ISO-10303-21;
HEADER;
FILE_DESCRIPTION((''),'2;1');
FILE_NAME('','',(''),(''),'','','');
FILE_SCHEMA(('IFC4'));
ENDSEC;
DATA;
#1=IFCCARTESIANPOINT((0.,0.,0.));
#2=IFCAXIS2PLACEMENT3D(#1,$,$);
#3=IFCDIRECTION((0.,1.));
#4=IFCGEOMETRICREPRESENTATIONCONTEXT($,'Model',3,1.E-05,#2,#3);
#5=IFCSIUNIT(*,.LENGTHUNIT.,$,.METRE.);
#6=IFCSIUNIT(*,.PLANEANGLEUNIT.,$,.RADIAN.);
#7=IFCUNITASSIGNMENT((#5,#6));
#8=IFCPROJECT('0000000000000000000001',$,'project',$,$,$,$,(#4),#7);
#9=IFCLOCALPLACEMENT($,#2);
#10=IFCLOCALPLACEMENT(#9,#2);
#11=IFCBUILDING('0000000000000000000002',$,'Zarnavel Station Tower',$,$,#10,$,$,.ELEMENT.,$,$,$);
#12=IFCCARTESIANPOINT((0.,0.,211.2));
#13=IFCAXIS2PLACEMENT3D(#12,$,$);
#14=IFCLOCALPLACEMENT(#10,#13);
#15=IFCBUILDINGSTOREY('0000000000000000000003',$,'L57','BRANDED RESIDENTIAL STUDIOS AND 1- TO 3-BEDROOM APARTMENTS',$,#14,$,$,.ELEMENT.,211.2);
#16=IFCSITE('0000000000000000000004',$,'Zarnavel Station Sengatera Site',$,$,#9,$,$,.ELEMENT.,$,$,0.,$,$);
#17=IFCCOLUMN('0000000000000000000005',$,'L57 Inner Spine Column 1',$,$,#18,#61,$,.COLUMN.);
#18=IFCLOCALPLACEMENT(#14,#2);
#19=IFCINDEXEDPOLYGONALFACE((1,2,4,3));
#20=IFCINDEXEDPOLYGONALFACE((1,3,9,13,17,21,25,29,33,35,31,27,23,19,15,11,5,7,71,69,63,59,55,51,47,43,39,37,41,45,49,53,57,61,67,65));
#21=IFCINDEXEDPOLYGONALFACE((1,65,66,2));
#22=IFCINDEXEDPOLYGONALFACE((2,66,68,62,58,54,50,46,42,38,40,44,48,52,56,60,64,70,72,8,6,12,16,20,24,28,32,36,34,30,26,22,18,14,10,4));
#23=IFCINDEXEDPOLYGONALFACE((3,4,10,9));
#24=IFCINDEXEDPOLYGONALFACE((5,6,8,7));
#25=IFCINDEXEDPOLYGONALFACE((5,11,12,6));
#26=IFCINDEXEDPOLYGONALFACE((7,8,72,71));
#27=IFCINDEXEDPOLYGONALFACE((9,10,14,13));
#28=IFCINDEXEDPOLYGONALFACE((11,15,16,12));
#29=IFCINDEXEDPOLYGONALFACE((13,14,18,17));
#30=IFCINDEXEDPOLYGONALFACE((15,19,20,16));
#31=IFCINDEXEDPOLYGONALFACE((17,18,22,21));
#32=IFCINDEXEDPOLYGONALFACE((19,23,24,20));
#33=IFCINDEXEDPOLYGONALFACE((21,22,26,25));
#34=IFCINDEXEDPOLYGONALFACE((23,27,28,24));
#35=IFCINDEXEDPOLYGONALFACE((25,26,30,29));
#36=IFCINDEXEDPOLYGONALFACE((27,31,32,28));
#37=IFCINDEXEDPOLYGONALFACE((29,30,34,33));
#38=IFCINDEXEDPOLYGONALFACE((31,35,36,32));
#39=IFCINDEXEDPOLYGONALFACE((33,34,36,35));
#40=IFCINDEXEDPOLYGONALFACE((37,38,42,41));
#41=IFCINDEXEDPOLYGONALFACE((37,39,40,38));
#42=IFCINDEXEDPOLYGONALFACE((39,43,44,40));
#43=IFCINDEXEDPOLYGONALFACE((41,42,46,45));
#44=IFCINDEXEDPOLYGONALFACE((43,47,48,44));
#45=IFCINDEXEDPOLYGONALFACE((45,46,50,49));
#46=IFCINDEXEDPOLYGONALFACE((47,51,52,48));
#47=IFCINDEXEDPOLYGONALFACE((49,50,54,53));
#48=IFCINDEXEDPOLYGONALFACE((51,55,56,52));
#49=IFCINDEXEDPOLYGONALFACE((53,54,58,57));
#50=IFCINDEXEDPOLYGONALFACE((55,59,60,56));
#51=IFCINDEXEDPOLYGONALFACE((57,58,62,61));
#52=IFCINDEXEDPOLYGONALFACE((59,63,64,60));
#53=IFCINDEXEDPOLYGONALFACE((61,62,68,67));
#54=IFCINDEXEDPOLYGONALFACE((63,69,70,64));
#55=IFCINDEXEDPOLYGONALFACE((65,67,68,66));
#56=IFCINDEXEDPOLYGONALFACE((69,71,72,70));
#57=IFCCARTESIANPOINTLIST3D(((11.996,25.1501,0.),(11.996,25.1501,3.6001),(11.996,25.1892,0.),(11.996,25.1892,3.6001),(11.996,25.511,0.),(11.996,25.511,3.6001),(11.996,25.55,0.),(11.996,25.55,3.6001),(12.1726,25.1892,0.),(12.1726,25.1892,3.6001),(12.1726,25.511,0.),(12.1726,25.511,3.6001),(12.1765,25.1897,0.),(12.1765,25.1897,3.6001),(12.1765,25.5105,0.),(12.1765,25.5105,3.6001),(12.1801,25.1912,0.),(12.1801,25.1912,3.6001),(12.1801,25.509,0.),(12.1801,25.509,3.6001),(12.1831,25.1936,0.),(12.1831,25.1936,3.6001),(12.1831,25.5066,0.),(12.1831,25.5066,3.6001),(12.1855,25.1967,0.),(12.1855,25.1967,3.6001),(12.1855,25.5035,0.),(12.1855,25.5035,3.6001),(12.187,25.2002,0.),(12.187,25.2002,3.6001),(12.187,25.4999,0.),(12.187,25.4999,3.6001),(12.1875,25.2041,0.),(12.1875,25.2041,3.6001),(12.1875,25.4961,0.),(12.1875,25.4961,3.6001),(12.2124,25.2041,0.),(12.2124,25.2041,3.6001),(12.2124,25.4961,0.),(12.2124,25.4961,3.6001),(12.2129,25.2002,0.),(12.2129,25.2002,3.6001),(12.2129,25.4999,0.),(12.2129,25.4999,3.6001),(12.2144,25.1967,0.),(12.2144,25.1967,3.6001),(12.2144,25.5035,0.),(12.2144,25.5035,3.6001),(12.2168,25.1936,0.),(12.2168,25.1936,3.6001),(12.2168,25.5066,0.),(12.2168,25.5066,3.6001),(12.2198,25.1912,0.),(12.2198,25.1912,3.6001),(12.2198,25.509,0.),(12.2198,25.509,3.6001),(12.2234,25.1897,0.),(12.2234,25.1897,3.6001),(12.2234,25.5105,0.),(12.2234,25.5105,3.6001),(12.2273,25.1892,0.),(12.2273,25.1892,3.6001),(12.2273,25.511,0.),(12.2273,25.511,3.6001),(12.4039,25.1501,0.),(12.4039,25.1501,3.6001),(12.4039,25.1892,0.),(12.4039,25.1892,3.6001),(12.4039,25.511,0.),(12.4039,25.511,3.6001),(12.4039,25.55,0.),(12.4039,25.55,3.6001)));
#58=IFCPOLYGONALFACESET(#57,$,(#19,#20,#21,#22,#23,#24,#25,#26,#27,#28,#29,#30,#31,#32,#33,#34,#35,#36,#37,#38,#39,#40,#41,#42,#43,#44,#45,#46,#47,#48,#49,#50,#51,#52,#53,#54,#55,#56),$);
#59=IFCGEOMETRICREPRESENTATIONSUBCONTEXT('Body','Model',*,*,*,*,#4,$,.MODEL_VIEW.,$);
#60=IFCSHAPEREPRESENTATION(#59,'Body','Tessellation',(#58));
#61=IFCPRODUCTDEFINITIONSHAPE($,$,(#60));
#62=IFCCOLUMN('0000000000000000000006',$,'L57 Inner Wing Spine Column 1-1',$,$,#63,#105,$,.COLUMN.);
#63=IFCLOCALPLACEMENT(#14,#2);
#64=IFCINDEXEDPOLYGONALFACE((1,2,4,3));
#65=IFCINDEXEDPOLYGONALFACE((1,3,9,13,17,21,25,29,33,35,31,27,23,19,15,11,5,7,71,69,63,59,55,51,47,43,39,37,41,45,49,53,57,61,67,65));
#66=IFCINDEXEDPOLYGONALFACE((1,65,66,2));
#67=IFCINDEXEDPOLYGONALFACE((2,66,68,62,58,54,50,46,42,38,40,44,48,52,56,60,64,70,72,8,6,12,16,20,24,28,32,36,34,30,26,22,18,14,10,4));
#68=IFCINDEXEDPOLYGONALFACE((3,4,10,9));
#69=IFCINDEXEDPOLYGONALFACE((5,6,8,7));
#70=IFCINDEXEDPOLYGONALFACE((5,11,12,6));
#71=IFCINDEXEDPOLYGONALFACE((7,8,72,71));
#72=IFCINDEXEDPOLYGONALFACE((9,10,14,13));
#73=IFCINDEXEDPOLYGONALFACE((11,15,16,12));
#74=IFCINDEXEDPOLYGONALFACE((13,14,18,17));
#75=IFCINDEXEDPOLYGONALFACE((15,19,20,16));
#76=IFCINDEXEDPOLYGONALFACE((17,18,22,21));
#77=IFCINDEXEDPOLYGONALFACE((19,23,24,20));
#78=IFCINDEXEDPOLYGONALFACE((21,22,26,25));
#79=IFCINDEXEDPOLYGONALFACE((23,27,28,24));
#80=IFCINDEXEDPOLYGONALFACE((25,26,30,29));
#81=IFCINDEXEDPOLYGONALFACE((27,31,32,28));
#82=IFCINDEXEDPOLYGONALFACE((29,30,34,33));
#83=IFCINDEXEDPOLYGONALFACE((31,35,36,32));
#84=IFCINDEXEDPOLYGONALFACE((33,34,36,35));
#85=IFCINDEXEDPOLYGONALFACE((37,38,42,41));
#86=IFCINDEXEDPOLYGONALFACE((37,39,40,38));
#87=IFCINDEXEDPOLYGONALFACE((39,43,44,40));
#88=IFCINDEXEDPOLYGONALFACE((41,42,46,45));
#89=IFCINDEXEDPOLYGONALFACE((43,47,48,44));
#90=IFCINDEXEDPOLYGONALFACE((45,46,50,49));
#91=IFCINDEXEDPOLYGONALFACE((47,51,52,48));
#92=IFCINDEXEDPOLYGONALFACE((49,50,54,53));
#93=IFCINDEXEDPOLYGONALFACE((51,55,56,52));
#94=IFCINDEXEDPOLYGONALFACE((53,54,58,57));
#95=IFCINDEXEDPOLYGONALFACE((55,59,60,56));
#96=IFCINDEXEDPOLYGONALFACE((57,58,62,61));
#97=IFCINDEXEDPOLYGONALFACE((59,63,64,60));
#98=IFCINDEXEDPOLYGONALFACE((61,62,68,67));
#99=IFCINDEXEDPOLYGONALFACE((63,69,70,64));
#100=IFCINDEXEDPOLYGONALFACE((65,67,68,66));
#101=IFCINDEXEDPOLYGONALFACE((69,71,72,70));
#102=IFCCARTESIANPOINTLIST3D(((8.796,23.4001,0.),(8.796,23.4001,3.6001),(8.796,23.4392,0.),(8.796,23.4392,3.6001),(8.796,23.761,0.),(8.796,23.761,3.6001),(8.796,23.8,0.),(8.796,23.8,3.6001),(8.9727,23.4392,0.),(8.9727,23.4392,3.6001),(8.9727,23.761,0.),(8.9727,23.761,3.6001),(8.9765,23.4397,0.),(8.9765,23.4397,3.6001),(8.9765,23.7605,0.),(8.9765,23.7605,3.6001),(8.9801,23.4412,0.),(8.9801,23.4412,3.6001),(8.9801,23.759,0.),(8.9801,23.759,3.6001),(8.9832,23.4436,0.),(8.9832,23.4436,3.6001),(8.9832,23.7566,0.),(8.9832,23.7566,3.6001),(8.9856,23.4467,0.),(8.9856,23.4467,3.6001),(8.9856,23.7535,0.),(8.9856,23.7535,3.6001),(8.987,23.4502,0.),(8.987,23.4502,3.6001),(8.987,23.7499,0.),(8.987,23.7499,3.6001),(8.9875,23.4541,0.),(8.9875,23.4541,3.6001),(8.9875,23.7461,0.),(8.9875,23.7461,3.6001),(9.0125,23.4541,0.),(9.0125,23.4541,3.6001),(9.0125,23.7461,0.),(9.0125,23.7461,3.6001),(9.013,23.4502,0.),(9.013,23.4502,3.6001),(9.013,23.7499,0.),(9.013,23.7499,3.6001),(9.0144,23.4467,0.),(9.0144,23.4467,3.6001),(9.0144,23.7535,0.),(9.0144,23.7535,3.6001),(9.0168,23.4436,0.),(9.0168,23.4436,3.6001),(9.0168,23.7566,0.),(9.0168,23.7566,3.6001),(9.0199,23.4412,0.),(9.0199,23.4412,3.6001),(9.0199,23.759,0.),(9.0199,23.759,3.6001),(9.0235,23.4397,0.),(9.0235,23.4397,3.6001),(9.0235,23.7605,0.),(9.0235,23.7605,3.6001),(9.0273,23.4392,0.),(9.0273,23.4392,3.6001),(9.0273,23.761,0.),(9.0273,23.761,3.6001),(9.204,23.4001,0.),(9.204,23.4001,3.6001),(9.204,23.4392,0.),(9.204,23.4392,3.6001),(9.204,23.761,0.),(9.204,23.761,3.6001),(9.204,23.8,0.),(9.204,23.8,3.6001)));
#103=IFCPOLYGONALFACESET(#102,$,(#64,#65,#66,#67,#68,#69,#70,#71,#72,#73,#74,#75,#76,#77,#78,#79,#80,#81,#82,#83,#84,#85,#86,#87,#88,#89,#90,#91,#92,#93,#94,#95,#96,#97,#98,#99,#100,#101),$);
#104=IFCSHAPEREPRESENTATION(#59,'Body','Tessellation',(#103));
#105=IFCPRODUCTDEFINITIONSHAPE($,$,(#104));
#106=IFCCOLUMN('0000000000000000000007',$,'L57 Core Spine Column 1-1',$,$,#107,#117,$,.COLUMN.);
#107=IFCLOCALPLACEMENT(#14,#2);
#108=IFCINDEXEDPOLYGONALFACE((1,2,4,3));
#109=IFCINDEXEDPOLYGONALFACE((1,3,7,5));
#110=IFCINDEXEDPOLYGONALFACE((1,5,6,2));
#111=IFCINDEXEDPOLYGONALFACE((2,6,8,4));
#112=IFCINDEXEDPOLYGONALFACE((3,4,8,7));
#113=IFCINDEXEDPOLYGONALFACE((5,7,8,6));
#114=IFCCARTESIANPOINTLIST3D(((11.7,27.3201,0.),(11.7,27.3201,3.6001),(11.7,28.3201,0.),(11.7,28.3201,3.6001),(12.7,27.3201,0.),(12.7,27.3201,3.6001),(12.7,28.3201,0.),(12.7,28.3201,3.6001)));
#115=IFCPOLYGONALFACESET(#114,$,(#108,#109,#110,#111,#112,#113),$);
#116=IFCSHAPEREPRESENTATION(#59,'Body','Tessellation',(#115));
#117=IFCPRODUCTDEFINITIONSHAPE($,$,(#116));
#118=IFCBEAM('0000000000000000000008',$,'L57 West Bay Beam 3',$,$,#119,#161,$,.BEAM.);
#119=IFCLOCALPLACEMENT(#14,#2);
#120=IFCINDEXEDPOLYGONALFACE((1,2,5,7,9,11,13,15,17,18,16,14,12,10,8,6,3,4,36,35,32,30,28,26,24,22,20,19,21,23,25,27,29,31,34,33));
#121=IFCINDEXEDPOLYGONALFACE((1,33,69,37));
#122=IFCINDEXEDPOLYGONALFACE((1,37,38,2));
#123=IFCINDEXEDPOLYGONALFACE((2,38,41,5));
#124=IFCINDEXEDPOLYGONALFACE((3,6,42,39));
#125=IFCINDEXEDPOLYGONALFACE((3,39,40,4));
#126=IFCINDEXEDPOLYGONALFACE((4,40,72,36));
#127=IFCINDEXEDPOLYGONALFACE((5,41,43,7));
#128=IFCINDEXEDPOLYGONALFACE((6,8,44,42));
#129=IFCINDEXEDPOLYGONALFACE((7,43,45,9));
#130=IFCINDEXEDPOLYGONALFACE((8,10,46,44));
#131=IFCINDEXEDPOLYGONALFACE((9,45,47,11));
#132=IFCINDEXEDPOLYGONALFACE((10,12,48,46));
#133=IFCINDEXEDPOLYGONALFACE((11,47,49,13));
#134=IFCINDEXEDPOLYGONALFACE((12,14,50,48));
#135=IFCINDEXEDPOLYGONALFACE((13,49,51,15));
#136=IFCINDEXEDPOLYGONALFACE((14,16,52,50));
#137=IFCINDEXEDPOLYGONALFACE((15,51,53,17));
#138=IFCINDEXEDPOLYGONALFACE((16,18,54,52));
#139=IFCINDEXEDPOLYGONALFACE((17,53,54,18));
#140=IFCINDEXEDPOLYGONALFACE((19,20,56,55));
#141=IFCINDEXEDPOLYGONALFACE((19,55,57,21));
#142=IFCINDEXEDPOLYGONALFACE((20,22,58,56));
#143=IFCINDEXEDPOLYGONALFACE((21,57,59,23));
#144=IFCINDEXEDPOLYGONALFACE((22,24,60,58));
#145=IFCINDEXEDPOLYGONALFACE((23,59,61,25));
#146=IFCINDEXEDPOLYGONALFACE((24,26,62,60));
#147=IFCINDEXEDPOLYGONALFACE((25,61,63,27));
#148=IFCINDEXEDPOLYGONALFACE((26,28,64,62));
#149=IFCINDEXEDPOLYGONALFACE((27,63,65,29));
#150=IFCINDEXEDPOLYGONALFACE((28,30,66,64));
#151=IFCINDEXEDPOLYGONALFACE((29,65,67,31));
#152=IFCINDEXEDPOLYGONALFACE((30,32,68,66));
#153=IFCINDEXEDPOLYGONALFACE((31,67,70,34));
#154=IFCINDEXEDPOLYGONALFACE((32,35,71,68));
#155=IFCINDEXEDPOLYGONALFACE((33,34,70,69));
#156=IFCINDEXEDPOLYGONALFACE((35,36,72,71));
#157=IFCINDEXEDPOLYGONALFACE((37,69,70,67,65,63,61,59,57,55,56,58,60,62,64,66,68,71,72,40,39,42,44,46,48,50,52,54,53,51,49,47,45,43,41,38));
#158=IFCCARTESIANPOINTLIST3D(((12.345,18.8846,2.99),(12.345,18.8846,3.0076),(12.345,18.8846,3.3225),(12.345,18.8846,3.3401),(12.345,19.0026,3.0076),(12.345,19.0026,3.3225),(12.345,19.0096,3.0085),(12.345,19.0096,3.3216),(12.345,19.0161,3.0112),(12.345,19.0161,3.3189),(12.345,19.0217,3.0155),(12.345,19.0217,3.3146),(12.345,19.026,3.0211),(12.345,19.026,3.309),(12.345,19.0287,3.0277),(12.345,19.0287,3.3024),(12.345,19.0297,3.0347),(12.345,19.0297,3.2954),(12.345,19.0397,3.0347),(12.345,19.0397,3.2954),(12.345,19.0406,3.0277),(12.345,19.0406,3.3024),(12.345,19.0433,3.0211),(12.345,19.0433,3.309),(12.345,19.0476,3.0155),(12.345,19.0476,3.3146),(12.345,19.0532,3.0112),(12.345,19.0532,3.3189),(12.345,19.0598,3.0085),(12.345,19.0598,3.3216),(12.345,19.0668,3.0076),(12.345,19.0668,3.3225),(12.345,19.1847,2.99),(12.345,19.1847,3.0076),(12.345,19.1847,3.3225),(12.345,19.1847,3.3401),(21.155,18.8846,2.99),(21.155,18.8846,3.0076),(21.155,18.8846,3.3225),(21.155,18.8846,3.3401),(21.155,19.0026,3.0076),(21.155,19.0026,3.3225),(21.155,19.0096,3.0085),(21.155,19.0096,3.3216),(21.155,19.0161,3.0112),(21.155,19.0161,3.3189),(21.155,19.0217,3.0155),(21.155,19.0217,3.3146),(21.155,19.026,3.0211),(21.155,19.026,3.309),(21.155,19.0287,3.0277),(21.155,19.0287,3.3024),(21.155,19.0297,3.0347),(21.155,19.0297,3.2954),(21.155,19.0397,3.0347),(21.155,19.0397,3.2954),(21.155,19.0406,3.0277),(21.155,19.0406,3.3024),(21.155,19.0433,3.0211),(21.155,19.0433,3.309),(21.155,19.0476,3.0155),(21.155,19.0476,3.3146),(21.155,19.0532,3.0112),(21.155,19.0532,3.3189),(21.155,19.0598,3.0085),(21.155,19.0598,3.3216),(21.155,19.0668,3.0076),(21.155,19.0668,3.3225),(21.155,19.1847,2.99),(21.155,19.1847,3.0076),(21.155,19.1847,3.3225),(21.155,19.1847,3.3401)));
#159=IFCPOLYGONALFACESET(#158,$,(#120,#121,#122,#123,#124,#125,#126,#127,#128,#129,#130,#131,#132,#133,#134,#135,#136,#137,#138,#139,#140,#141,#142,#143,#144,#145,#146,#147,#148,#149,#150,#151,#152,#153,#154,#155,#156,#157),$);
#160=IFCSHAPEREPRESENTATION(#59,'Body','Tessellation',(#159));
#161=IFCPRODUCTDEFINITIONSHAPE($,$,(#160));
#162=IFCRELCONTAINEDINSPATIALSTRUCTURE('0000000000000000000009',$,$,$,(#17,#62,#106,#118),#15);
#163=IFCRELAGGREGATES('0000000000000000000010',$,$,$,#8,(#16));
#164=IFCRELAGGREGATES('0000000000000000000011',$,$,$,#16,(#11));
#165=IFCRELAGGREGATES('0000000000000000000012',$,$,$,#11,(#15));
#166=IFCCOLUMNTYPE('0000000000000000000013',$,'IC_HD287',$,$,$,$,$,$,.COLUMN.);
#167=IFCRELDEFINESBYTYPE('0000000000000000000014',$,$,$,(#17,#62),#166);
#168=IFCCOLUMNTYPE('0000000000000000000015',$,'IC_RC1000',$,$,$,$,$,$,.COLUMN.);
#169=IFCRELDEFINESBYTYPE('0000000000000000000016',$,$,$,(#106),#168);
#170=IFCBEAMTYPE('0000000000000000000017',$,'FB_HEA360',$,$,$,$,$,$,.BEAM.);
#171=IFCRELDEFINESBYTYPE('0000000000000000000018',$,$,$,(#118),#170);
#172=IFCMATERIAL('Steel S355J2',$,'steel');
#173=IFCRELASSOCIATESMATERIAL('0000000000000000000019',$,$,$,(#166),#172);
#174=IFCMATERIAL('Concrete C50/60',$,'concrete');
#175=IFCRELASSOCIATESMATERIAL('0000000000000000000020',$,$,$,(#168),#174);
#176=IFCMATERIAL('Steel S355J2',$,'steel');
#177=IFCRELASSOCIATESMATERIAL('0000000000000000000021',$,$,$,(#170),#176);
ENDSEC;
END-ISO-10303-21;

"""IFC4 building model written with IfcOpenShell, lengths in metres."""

from ifc_helpers import new_model, si_unit, direction, frame, origin, origin_2d, place, context, subcontext, project, spatial, rectangle, i_section, extrude, material, material_profile, profile_set, type_object, element, save


model = new_model("IFC4")

# Units and contexts
model_context = context("Model", 3, precision=1e-05, world=origin(), true_north=direction((0.0, 1.0)))
body_context = subcontext(model_context, "Body", "Model", "MODEL_VIEW")
ifc_project = project(units=[si_unit("LENGTHUNIT", "METRE"), si_unit("PLANEANGLEUNIT", "RADIAN")], contexts=[model_context])

# Site, building, storey
site_placement = place(None, origin())
site = spatial("IfcSite", under=ifc_project, at=site_placement, Name="Zarnavel Station Sengatera Site", CompositionType="ELEMENT", RefElevation=0.0)
building_placement = place(site_placement, origin())
building = spatial("IfcBuilding", under=site, at=building_placement, Name="Zarnavel Station Tower", CompositionType="ELEMENT")
storey_placement = place(building_placement, frame((0.0, 0.0, 211.2)))
storey = spatial("IfcBuildingStorey", under=building, at=storey_placement, Name="L57", Description="BRANDED RESIDENTIAL STUDIOS AND 1- TO 3-BEDROOM APARTMENTS", CompositionType="ELEMENT", Elevation=211.2)

# Columns
ifc_material_1 = material(Name="Steel S355J2", Category="steel")
ifc_material_profile_1 = material_profile(ifc_material_1, i_section(OverallWidth=0.408, OverallDepth=0.3999, WebThickness=0.0249, FlangeThickness=0.0391, FilletRadius=0.0149, at=origin_2d()), Name="HD400x287")
ifc_profile_set_1 = profile_set([ifc_material_profile_1], Name="Steel S355J2")
column_type_1 = type_object("IfcColumnType", Name="IC_HD287", PredefinedType="COLUMN", material=ifc_profile_set_1)
for number, where, z_axis, x_axis, name in (
    (1, (12.2, 25.3501, 0.0), (0.0, 0.0, 1.0), (1.0, 0.0, 0.0), "L57 Inner Spine Column 1"),
    (2, (9.0, 23.6001, 0.0), (0.0, 0.0, 1.0), (1.0, 0.0, 0.0), "L57 Inner Wing Spine Column 1-1"),
):
    element("IfcColumn", number, at=place(storey_placement, frame(where, z_axis=z_axis, x_axis=x_axis)), inside=storey, type_object=column_type_1, Name=name, PredefinedType="COLUMN", context=body_context, shape_type="SweptSolid", body=[
        extrude(i_section(OverallWidth=0.408, OverallDepth=0.3999, WebThickness=0.0249, FlangeThickness=0.0391, FilletRadius=0.0149, at=origin_2d()), origin(), (0.0, 0.0, 1.0), 3.6001),
    ])
ifc_material_2 = material(Name="Concrete C50/60", Category="concrete")
ifc_material_profile_2 = material_profile(ifc_material_2, rectangle(XDim=1.0, YDim=1.0, at=origin_2d()), Name="RC1000x1000")
ifc_profile_set_2 = profile_set([ifc_material_profile_2], Name="Concrete C50/60")
column_type_2 = type_object("IfcColumnType", Name="IC_RC1000", PredefinedType="COLUMN", material=ifc_profile_set_2)
column_placement = place(storey_placement, frame((12.2, 27.8201, 0.0), z_axis=(0.0, 0.0, 1.0), x_axis=(1.0, 0.0, 0.0)))
element("IfcColumn", 3, at=column_placement, inside=storey, type_object=column_type_2, Name="L57 Core Spine Column 1-1", PredefinedType="COLUMN", context=body_context, shape_type="SweptSolid", body=[
    extrude(rectangle(XDim=1.0, YDim=1.0, at=origin_2d()), origin(), (0.0, 0.0, 1.0), 3.6001),
])

# Beam
ifc_material_3 = material(Name="Steel S355J2", Category="steel")
ifc_material_profile_3 = material_profile(ifc_material_3, i_section(OverallWidth=0.3, OverallDepth=0.3501, WebThickness=0.01, FlangeThickness=0.0176, FilletRadius=0.0271, at=origin_2d()), Name="HEA360")
ifc_profile_set_3 = profile_set([ifc_material_profile_3], Name="Steel S355J2")
beam_type_1 = type_object("IfcBeamType", Name="FB_HEA360", PredefinedType="BEAM", material=ifc_profile_set_3)
beam_1_placement = place(storey_placement, frame((12.345, 19.0347, 3.165), z_axis=(1.0, 0.0, 0.0), x_axis=(0.0, 1.0, 0.0)))
element("IfcBeam", 4, at=beam_1_placement, inside=storey, type_object=beam_type_1, Name="L57 West Bay Beam 3", PredefinedType="BEAM", context=body_context, shape_type="SweptSolid", body=[
    extrude(i_section(OverallWidth=0.3, OverallDepth=0.3501, WebThickness=0.01, FlangeThickness=0.0176, FilletRadius=0.0271, at=origin_2d()), origin(), (0.0, 0.0, 1.0), 8.8101),
])

save(model, "model.ifc")
